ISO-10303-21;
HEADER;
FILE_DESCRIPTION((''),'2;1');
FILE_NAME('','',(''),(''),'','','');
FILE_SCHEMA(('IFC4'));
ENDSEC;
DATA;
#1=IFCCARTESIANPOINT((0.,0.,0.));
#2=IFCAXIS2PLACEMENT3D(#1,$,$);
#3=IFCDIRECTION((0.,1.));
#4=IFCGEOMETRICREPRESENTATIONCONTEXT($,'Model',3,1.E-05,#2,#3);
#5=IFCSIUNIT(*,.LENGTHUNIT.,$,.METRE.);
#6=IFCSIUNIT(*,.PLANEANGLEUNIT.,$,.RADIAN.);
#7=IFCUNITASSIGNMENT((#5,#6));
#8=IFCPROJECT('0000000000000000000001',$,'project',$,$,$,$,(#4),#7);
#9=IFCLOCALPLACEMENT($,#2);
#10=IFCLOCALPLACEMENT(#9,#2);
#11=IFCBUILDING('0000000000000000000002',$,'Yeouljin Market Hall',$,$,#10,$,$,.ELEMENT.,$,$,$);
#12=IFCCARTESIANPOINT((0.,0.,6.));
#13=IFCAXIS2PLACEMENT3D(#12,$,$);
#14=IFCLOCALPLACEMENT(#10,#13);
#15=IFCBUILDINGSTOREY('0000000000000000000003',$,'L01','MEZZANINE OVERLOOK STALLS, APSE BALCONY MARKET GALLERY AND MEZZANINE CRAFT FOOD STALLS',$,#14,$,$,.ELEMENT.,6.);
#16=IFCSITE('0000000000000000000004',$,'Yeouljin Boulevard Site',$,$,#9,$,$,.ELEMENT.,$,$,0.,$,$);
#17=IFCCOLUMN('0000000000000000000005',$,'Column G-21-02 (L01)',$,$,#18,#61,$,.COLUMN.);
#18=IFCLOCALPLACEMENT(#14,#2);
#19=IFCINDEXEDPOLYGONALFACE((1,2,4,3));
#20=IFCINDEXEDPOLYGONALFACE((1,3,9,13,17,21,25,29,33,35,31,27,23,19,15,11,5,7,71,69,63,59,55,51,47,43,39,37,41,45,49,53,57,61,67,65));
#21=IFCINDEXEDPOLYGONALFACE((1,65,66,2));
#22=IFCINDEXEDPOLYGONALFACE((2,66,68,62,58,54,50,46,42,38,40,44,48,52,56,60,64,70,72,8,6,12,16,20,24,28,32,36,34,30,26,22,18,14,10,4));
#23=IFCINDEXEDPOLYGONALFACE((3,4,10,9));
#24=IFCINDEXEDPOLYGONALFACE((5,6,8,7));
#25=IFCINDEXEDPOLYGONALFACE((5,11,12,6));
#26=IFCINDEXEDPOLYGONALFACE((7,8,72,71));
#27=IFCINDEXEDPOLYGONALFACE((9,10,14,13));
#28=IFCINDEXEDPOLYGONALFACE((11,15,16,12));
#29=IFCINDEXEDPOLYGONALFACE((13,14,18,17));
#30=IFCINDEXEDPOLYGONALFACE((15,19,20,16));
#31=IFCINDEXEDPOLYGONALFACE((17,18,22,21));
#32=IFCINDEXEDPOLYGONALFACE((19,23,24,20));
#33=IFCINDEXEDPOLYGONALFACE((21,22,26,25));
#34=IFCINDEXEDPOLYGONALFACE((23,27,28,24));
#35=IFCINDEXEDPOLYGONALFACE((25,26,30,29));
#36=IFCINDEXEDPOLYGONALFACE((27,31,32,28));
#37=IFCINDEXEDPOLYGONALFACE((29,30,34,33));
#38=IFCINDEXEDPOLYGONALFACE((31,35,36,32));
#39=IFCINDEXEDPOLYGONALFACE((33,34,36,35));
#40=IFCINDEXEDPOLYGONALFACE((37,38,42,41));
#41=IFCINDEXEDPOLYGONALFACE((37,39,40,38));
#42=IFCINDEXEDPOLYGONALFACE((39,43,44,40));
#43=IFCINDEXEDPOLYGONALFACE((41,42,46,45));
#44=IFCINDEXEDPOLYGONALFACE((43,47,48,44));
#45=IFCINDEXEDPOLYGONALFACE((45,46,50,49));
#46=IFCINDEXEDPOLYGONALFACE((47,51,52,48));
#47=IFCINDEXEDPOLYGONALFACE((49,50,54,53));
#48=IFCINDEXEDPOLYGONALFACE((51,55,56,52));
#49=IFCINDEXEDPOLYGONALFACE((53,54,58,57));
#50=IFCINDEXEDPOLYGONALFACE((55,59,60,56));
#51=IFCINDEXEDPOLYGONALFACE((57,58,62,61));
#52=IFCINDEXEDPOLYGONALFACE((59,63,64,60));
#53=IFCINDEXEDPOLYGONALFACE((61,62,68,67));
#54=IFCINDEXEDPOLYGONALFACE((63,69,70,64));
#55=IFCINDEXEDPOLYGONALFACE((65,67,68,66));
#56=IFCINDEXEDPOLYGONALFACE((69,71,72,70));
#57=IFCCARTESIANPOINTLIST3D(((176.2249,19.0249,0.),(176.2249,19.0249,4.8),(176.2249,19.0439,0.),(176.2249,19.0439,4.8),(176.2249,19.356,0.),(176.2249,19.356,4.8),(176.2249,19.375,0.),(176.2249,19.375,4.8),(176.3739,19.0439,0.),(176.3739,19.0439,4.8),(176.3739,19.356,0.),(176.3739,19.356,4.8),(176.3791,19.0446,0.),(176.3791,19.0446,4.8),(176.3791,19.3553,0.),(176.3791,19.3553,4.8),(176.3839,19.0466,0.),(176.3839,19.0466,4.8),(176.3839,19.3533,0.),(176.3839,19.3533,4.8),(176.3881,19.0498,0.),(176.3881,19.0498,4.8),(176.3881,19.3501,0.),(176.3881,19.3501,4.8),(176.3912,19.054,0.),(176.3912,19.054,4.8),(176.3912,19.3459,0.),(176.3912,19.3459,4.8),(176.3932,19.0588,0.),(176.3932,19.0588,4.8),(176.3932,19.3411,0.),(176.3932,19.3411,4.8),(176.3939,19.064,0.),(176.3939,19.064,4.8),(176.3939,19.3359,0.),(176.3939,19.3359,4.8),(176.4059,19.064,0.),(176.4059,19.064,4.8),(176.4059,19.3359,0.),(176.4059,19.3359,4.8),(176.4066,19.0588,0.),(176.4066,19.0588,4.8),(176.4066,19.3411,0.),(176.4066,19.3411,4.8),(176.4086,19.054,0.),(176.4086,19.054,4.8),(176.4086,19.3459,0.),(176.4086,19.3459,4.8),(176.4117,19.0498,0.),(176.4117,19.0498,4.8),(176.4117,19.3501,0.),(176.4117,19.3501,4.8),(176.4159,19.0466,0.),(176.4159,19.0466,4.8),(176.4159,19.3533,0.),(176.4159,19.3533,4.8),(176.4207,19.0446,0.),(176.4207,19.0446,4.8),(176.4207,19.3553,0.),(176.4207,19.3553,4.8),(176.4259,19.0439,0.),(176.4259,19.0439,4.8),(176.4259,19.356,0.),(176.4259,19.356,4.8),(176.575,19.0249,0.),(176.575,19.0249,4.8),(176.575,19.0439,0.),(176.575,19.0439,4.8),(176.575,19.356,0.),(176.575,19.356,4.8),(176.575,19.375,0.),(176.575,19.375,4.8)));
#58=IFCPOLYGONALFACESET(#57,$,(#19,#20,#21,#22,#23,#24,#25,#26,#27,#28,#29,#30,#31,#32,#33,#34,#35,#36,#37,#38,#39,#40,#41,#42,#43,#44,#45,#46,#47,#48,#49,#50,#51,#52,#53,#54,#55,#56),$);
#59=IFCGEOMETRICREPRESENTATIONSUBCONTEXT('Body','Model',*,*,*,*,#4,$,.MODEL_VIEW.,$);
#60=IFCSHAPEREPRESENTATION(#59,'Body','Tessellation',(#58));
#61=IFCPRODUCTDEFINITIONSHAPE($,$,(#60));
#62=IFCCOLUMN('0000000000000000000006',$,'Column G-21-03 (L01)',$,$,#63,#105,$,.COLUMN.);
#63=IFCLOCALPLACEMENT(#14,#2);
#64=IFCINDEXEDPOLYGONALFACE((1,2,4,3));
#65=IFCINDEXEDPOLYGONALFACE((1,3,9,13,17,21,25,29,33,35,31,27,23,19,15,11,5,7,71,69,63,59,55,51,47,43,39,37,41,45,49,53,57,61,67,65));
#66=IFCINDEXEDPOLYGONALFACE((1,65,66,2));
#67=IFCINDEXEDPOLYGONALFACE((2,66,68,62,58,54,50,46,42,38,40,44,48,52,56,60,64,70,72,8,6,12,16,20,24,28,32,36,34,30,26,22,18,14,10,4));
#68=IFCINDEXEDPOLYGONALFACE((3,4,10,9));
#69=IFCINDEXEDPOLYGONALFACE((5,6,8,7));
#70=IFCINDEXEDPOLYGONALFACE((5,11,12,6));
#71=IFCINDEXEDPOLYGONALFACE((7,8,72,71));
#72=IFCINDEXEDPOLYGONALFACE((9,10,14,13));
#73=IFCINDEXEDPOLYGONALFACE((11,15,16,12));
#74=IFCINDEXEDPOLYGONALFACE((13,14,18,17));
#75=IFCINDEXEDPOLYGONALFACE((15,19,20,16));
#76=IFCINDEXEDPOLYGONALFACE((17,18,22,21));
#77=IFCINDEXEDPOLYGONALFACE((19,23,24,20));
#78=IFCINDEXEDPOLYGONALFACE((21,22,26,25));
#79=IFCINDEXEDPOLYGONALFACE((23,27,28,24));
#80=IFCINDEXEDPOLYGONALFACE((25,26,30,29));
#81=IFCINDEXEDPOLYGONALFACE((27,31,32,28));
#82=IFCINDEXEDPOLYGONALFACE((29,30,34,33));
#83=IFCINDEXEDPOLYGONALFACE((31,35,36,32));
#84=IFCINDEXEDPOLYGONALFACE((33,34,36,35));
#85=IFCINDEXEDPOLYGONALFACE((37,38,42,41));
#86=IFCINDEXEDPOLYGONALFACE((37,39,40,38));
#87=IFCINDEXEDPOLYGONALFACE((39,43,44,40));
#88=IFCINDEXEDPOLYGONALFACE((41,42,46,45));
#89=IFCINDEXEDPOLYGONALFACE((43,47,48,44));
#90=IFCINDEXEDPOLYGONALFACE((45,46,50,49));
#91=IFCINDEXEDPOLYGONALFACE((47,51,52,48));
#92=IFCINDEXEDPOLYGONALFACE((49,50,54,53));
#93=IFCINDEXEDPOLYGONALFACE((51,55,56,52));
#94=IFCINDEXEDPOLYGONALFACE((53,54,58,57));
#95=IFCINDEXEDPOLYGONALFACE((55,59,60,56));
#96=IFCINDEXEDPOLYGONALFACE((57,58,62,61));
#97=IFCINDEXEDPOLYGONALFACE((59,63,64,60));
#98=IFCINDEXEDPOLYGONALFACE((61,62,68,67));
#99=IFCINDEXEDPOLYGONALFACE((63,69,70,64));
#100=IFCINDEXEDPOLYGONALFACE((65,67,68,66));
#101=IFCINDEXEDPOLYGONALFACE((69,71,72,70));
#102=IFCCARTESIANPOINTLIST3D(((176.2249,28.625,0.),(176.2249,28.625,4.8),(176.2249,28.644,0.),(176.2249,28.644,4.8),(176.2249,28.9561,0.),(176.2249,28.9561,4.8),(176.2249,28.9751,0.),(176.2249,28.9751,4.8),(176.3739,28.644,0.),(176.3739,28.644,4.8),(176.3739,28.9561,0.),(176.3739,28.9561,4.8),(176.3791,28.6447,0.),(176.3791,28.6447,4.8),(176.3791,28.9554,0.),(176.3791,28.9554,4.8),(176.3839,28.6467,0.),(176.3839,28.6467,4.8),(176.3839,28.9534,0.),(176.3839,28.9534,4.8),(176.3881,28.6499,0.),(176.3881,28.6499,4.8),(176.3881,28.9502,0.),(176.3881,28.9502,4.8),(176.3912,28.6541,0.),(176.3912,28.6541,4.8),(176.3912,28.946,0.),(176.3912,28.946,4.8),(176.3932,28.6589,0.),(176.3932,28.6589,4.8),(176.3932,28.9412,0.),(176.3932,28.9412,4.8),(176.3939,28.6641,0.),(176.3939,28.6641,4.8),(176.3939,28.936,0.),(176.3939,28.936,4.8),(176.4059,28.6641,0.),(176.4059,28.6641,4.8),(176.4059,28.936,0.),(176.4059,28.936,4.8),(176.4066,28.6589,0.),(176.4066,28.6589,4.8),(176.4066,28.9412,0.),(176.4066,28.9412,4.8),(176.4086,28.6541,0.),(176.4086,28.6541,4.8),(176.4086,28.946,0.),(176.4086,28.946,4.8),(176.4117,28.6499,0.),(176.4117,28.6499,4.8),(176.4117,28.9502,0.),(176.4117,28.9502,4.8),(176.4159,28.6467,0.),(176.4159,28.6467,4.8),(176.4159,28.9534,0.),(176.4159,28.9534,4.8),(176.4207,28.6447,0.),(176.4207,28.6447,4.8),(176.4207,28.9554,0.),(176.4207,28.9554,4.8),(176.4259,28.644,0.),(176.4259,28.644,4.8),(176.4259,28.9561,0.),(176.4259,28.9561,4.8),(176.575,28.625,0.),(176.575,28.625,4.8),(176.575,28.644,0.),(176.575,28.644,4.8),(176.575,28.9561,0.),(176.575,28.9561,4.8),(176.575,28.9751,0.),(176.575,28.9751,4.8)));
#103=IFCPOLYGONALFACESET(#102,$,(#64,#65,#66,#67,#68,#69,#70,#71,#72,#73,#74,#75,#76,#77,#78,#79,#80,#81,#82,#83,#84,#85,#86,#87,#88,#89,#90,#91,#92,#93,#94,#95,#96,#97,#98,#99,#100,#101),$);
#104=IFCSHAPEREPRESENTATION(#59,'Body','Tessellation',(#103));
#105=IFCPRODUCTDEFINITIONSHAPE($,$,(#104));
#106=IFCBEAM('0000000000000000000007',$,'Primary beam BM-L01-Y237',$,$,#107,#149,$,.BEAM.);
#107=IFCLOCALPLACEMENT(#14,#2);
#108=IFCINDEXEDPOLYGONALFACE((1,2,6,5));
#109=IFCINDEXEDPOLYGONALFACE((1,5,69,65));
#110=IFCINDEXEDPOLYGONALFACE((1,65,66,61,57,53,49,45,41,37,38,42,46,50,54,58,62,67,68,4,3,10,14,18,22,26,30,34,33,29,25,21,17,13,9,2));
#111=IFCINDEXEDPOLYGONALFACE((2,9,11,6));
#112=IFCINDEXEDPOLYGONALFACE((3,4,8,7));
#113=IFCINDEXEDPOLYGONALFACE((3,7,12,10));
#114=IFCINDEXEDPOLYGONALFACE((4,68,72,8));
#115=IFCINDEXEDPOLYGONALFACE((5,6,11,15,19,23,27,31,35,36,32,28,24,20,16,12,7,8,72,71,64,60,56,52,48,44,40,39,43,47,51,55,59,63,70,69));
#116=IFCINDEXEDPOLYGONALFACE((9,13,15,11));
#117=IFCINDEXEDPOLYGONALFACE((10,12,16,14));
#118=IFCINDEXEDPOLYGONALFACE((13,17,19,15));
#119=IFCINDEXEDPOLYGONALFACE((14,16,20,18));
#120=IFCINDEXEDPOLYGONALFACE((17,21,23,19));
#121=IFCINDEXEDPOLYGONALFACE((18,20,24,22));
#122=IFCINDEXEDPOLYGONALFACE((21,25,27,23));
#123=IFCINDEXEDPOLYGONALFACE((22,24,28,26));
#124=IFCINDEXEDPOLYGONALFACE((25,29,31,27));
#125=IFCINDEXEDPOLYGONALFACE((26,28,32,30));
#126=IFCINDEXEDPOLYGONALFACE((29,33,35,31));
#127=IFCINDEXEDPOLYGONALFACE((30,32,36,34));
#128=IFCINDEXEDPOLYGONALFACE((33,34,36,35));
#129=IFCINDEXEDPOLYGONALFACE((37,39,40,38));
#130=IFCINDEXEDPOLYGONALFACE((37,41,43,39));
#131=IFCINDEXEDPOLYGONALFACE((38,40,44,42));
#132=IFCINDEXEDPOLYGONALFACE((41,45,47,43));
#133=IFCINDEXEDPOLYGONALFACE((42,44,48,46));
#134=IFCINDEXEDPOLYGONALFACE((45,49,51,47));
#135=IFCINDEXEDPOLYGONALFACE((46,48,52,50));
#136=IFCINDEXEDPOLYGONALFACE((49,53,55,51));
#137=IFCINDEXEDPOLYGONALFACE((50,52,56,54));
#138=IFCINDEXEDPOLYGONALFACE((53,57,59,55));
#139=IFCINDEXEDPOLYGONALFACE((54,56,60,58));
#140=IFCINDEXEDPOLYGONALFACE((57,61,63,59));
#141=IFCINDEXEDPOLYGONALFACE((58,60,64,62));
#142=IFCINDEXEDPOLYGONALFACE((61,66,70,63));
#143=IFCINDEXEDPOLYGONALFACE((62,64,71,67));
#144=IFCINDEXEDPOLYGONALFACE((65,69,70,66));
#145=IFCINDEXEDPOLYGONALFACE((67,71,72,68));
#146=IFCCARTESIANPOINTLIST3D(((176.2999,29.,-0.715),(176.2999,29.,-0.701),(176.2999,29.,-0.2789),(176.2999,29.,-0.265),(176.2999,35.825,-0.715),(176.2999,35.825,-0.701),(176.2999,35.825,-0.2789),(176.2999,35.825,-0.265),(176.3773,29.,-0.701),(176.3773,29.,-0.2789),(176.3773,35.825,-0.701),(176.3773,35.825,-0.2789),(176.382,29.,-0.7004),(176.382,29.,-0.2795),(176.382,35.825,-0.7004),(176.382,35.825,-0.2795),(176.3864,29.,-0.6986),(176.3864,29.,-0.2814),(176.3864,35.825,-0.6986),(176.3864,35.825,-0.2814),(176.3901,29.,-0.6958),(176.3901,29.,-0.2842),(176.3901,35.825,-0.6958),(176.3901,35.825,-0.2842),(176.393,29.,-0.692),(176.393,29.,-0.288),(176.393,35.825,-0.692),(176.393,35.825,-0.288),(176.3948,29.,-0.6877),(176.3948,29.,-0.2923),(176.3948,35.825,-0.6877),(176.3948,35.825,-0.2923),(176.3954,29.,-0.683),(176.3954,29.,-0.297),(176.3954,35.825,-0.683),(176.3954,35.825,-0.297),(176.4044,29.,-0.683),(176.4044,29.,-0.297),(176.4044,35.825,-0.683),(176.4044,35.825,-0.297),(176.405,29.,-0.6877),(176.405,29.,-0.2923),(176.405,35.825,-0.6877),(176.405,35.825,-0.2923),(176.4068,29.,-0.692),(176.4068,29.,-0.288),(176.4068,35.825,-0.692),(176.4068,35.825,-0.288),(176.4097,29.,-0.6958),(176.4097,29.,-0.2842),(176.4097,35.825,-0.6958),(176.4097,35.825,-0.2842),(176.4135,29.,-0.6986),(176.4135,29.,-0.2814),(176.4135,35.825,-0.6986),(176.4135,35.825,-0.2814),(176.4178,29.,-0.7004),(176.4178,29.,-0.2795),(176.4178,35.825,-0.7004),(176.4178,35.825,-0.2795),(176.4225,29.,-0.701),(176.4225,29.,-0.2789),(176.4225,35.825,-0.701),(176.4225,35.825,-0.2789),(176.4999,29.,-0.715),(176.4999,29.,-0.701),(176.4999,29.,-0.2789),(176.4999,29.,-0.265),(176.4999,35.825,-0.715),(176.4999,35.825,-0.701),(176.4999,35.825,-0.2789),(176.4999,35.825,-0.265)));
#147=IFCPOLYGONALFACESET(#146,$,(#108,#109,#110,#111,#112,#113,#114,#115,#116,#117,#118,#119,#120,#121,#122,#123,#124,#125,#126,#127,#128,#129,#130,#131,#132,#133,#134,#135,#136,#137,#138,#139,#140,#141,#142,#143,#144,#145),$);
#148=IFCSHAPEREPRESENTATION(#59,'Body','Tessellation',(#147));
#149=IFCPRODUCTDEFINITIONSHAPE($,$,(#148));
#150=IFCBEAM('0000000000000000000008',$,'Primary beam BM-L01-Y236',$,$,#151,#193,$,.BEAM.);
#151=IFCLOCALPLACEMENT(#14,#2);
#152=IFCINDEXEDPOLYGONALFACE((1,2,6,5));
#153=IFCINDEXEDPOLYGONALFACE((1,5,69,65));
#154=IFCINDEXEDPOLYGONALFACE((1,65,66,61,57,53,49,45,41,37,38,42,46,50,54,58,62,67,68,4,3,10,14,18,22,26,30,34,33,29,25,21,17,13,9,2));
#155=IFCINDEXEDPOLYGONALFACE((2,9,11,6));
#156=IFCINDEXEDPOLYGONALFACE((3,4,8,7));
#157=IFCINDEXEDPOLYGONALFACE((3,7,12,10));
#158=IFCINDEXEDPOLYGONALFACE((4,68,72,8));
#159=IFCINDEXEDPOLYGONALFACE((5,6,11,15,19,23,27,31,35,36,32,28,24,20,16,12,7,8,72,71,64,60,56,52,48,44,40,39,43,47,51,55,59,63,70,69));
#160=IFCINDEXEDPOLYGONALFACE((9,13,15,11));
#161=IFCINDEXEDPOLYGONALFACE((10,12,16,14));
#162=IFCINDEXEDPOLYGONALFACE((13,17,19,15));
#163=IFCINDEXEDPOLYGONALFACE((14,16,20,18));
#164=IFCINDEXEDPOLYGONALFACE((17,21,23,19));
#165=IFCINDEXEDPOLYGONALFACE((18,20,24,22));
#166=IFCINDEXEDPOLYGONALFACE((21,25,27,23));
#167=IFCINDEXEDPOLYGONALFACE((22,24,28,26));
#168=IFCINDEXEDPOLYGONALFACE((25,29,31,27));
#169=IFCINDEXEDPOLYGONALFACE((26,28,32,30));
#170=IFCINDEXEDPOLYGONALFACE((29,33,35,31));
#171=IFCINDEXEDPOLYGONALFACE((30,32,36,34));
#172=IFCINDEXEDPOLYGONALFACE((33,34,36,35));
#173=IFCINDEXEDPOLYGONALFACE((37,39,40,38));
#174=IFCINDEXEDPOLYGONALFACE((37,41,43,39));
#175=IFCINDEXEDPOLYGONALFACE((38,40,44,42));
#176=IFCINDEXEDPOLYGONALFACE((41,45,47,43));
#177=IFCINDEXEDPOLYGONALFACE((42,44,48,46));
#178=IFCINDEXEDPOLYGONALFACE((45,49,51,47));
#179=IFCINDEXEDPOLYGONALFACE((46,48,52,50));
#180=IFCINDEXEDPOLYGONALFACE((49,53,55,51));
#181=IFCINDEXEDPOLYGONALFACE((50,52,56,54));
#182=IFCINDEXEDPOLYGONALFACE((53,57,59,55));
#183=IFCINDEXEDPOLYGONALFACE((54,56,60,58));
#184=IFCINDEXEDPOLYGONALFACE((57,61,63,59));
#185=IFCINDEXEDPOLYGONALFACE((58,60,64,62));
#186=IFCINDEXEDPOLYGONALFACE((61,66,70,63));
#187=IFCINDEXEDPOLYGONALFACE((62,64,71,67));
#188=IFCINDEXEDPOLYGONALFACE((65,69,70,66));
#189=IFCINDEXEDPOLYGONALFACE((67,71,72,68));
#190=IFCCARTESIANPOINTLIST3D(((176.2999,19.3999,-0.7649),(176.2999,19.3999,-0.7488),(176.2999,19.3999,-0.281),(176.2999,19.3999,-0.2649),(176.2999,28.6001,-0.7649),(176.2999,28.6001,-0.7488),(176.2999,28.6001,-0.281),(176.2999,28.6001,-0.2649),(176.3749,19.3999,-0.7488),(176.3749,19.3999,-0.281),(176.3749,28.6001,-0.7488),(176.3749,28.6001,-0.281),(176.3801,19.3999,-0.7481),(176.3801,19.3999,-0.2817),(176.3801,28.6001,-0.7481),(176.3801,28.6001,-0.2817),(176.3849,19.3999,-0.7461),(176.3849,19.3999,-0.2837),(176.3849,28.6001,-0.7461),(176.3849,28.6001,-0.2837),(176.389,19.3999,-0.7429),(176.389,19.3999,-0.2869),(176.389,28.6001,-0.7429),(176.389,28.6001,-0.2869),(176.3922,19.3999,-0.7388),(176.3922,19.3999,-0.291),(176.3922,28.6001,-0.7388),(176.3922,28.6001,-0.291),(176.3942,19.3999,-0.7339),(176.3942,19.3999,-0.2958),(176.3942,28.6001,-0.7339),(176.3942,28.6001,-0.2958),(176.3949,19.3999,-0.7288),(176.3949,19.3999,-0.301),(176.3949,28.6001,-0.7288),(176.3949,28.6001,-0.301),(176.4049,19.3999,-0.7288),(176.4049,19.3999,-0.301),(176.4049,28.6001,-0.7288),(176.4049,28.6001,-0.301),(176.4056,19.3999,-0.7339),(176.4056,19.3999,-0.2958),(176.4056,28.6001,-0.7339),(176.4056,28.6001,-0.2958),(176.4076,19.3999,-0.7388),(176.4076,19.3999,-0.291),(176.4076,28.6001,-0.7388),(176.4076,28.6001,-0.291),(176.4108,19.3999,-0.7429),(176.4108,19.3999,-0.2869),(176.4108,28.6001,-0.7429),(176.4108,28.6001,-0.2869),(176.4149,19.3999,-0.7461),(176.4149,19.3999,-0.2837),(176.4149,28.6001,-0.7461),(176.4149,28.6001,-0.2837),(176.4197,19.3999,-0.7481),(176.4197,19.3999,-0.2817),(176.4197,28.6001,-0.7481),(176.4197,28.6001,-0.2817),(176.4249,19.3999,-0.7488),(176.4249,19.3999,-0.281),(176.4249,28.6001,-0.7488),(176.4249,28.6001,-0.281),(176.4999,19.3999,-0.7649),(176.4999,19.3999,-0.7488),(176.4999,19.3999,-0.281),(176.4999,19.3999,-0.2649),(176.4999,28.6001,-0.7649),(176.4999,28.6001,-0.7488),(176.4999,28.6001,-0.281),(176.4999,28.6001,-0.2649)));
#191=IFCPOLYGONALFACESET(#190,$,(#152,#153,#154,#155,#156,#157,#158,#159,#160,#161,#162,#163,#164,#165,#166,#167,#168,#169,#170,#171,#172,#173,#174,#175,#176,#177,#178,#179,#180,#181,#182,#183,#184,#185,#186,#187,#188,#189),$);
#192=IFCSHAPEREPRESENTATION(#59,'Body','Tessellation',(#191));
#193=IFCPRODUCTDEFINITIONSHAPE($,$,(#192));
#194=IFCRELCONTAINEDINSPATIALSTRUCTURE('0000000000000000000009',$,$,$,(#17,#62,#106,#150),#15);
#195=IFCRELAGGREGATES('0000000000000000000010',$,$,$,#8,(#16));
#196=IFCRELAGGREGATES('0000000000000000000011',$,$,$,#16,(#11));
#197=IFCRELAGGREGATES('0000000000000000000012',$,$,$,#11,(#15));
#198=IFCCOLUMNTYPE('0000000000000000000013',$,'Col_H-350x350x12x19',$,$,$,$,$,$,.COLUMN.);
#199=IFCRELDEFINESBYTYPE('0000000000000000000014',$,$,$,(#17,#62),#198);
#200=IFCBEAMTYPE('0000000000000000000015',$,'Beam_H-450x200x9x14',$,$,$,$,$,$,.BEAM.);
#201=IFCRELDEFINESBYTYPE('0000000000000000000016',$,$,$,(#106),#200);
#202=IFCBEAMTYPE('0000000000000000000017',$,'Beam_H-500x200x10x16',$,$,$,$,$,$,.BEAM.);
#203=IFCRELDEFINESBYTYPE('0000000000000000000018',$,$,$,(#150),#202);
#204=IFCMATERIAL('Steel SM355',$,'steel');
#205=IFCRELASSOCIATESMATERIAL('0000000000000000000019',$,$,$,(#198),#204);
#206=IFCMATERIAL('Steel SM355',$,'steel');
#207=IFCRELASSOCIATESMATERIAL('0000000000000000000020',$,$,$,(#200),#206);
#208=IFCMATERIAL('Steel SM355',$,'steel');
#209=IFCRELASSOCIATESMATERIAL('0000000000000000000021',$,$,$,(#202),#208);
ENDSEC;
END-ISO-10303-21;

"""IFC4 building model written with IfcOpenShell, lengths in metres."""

from ifc_helpers import new_model, si_unit, direction, frame, origin, origin_2d, place, context, subcontext, project, spatial, i_section, extrude, material, material_profile, profile_set, type_object, element, save


model = new_model("IFC4")

# Units and contexts
model_context = context("Model", 3, precision=1e-05, world=origin(), true_north=direction((0.0, 1.0)))
body_context = subcontext(model_context, "Body", "Model", "MODEL_VIEW")
ifc_project = project(units=[si_unit("LENGTHUNIT", "METRE"), si_unit("PLANEANGLEUNIT", "RADIAN")], contexts=[model_context])

# Site, building, storey
site_placement = place(None, origin())
site = spatial("IfcSite", under=ifc_project, at=site_placement, Name="Yeouljin Boulevard Site", CompositionType="ELEMENT", RefElevation=0.0)
building_placement = place(site_placement, origin())
building = spatial("IfcBuilding", under=site, at=building_placement, Name="Yeouljin Market Hall", CompositionType="ELEMENT")
storey_placement = place(building_placement, frame((0.0, 0.0, 6.0)))
storey = spatial("IfcBuildingStorey", under=building, at=storey_placement, Name="L01", Description="MEZZANINE OVERLOOK STALLS, APSE BALCONY MARKET GALLERY AND MEZZANINE CRAFT FOOD STALLS", CompositionType="ELEMENT", Elevation=6.0)

# Columns
ifc_material_1 = material(Name="Steel SM355", Category="steel")
ifc_material_profile_1 = material_profile(ifc_material_1, i_section(OverallWidth=0.3501, OverallDepth=0.3501, WebThickness=0.012, FlangeThickness=0.019, FilletRadius=0.02, at=origin_2d()), Name="H-350x350x12x19")
ifc_profile_set_1 = profile_set([ifc_material_profile_1], Name="Steel SM355")
column_type = type_object("IfcColumnType", Name="Col_H-350x350x12x19", PredefinedType="COLUMN", material=ifc_profile_set_1)
for number, where, z_axis, x_axis, name in (
    (1, (176.3999, 19.2, 0.0), (0.0, 0.0, 1.0), (1.0, 0.0, 0.0), "Column G-21-02 (L01)"),
    (2, (176.3999, 28.8, 0.0), (0.0, 0.0, 1.0), (1.0, 0.0, 0.0), "Column G-21-03 (L01)"),
):
    element("IfcColumn", number, at=place(storey_placement, frame(where, z_axis=z_axis, x_axis=x_axis)), inside=storey, type_object=column_type, Name=name, PredefinedType="COLUMN", context=body_context, shape_type="SweptSolid", body=[
        extrude(i_section(OverallWidth=0.3501, OverallDepth=0.3501, WebThickness=0.012, FlangeThickness=0.019, FilletRadius=0.02, at=origin_2d()), origin(), (0.0, 0.0, 1.0), 4.8),
    ])

# Beams
ifc_material_2 = material(Name="Steel SM355", Category="steel")
ifc_material_profile_2 = material_profile(ifc_material_2, i_section(OverallWidth=0.2, OverallDepth=0.45, WebThickness=0.009, FlangeThickness=0.0139, FilletRadius=0.0181, at=origin_2d()), Name="H-450x200x9x14")
ifc_profile_set_2 = profile_set([ifc_material_profile_2], Name="Steel SM355")
beam_type_1 = type_object("IfcBeamType", Name="Beam_H-450x200x9x14", PredefinedType="BEAM", material=ifc_profile_set_2)
beam_1_placement = place(storey_placement, frame((176.3999, 29.0, -0.49), z_axis=(0.0, 1.0, 0.0), x_axis=(-1.0, 0.0, 0.0)))
element("IfcBeam", 3, at=beam_1_placement, inside=storey, type_object=beam_type_1, Name="Primary beam BM-L01-Y237", PredefinedType="BEAM", context=body_context, shape_type="SweptSolid", body=[
    extrude(i_section(OverallWidth=0.2, OverallDepth=0.45, WebThickness=0.009, FlangeThickness=0.0139, FilletRadius=0.0181, at=origin_2d()), origin(), (0.0, 0.0, 1.0), 6.825),
])
ifc_material_3 = material(Name="Steel SM355", Category="steel")
ifc_material_profile_3 = material_profile(ifc_material_3, i_section(OverallWidth=0.2, OverallDepth=0.5, WebThickness=0.01, FlangeThickness=0.0161, FilletRadius=0.02, at=origin_2d()), Name="H-500x200x10x16")
ifc_profile_set_3 = profile_set([ifc_material_profile_3], Name="Steel SM355")
beam_type_2 = type_object("IfcBeamType", Name="Beam_H-500x200x10x16", PredefinedType="BEAM", material=ifc_profile_set_3)
beam_2_placement = place(storey_placement, frame((176.3999, 19.3999, -0.5149), z_axis=(0.0, 1.0, 0.0), x_axis=(-1.0, 0.0, 0.0)))
element("IfcBeam", 4, at=beam_2_placement, inside=storey, type_object=beam_type_2, Name="Primary beam BM-L01-Y236", PredefinedType="BEAM", context=body_context, shape_type="SweptSolid", body=[
    extrude(i_section(OverallWidth=0.2, OverallDepth=0.5, WebThickness=0.01, FlangeThickness=0.0161, FilletRadius=0.02, at=origin_2d()), origin(), (0.0, 0.0, 1.0), 9.2002),
])

save(model, "model.ifc")
